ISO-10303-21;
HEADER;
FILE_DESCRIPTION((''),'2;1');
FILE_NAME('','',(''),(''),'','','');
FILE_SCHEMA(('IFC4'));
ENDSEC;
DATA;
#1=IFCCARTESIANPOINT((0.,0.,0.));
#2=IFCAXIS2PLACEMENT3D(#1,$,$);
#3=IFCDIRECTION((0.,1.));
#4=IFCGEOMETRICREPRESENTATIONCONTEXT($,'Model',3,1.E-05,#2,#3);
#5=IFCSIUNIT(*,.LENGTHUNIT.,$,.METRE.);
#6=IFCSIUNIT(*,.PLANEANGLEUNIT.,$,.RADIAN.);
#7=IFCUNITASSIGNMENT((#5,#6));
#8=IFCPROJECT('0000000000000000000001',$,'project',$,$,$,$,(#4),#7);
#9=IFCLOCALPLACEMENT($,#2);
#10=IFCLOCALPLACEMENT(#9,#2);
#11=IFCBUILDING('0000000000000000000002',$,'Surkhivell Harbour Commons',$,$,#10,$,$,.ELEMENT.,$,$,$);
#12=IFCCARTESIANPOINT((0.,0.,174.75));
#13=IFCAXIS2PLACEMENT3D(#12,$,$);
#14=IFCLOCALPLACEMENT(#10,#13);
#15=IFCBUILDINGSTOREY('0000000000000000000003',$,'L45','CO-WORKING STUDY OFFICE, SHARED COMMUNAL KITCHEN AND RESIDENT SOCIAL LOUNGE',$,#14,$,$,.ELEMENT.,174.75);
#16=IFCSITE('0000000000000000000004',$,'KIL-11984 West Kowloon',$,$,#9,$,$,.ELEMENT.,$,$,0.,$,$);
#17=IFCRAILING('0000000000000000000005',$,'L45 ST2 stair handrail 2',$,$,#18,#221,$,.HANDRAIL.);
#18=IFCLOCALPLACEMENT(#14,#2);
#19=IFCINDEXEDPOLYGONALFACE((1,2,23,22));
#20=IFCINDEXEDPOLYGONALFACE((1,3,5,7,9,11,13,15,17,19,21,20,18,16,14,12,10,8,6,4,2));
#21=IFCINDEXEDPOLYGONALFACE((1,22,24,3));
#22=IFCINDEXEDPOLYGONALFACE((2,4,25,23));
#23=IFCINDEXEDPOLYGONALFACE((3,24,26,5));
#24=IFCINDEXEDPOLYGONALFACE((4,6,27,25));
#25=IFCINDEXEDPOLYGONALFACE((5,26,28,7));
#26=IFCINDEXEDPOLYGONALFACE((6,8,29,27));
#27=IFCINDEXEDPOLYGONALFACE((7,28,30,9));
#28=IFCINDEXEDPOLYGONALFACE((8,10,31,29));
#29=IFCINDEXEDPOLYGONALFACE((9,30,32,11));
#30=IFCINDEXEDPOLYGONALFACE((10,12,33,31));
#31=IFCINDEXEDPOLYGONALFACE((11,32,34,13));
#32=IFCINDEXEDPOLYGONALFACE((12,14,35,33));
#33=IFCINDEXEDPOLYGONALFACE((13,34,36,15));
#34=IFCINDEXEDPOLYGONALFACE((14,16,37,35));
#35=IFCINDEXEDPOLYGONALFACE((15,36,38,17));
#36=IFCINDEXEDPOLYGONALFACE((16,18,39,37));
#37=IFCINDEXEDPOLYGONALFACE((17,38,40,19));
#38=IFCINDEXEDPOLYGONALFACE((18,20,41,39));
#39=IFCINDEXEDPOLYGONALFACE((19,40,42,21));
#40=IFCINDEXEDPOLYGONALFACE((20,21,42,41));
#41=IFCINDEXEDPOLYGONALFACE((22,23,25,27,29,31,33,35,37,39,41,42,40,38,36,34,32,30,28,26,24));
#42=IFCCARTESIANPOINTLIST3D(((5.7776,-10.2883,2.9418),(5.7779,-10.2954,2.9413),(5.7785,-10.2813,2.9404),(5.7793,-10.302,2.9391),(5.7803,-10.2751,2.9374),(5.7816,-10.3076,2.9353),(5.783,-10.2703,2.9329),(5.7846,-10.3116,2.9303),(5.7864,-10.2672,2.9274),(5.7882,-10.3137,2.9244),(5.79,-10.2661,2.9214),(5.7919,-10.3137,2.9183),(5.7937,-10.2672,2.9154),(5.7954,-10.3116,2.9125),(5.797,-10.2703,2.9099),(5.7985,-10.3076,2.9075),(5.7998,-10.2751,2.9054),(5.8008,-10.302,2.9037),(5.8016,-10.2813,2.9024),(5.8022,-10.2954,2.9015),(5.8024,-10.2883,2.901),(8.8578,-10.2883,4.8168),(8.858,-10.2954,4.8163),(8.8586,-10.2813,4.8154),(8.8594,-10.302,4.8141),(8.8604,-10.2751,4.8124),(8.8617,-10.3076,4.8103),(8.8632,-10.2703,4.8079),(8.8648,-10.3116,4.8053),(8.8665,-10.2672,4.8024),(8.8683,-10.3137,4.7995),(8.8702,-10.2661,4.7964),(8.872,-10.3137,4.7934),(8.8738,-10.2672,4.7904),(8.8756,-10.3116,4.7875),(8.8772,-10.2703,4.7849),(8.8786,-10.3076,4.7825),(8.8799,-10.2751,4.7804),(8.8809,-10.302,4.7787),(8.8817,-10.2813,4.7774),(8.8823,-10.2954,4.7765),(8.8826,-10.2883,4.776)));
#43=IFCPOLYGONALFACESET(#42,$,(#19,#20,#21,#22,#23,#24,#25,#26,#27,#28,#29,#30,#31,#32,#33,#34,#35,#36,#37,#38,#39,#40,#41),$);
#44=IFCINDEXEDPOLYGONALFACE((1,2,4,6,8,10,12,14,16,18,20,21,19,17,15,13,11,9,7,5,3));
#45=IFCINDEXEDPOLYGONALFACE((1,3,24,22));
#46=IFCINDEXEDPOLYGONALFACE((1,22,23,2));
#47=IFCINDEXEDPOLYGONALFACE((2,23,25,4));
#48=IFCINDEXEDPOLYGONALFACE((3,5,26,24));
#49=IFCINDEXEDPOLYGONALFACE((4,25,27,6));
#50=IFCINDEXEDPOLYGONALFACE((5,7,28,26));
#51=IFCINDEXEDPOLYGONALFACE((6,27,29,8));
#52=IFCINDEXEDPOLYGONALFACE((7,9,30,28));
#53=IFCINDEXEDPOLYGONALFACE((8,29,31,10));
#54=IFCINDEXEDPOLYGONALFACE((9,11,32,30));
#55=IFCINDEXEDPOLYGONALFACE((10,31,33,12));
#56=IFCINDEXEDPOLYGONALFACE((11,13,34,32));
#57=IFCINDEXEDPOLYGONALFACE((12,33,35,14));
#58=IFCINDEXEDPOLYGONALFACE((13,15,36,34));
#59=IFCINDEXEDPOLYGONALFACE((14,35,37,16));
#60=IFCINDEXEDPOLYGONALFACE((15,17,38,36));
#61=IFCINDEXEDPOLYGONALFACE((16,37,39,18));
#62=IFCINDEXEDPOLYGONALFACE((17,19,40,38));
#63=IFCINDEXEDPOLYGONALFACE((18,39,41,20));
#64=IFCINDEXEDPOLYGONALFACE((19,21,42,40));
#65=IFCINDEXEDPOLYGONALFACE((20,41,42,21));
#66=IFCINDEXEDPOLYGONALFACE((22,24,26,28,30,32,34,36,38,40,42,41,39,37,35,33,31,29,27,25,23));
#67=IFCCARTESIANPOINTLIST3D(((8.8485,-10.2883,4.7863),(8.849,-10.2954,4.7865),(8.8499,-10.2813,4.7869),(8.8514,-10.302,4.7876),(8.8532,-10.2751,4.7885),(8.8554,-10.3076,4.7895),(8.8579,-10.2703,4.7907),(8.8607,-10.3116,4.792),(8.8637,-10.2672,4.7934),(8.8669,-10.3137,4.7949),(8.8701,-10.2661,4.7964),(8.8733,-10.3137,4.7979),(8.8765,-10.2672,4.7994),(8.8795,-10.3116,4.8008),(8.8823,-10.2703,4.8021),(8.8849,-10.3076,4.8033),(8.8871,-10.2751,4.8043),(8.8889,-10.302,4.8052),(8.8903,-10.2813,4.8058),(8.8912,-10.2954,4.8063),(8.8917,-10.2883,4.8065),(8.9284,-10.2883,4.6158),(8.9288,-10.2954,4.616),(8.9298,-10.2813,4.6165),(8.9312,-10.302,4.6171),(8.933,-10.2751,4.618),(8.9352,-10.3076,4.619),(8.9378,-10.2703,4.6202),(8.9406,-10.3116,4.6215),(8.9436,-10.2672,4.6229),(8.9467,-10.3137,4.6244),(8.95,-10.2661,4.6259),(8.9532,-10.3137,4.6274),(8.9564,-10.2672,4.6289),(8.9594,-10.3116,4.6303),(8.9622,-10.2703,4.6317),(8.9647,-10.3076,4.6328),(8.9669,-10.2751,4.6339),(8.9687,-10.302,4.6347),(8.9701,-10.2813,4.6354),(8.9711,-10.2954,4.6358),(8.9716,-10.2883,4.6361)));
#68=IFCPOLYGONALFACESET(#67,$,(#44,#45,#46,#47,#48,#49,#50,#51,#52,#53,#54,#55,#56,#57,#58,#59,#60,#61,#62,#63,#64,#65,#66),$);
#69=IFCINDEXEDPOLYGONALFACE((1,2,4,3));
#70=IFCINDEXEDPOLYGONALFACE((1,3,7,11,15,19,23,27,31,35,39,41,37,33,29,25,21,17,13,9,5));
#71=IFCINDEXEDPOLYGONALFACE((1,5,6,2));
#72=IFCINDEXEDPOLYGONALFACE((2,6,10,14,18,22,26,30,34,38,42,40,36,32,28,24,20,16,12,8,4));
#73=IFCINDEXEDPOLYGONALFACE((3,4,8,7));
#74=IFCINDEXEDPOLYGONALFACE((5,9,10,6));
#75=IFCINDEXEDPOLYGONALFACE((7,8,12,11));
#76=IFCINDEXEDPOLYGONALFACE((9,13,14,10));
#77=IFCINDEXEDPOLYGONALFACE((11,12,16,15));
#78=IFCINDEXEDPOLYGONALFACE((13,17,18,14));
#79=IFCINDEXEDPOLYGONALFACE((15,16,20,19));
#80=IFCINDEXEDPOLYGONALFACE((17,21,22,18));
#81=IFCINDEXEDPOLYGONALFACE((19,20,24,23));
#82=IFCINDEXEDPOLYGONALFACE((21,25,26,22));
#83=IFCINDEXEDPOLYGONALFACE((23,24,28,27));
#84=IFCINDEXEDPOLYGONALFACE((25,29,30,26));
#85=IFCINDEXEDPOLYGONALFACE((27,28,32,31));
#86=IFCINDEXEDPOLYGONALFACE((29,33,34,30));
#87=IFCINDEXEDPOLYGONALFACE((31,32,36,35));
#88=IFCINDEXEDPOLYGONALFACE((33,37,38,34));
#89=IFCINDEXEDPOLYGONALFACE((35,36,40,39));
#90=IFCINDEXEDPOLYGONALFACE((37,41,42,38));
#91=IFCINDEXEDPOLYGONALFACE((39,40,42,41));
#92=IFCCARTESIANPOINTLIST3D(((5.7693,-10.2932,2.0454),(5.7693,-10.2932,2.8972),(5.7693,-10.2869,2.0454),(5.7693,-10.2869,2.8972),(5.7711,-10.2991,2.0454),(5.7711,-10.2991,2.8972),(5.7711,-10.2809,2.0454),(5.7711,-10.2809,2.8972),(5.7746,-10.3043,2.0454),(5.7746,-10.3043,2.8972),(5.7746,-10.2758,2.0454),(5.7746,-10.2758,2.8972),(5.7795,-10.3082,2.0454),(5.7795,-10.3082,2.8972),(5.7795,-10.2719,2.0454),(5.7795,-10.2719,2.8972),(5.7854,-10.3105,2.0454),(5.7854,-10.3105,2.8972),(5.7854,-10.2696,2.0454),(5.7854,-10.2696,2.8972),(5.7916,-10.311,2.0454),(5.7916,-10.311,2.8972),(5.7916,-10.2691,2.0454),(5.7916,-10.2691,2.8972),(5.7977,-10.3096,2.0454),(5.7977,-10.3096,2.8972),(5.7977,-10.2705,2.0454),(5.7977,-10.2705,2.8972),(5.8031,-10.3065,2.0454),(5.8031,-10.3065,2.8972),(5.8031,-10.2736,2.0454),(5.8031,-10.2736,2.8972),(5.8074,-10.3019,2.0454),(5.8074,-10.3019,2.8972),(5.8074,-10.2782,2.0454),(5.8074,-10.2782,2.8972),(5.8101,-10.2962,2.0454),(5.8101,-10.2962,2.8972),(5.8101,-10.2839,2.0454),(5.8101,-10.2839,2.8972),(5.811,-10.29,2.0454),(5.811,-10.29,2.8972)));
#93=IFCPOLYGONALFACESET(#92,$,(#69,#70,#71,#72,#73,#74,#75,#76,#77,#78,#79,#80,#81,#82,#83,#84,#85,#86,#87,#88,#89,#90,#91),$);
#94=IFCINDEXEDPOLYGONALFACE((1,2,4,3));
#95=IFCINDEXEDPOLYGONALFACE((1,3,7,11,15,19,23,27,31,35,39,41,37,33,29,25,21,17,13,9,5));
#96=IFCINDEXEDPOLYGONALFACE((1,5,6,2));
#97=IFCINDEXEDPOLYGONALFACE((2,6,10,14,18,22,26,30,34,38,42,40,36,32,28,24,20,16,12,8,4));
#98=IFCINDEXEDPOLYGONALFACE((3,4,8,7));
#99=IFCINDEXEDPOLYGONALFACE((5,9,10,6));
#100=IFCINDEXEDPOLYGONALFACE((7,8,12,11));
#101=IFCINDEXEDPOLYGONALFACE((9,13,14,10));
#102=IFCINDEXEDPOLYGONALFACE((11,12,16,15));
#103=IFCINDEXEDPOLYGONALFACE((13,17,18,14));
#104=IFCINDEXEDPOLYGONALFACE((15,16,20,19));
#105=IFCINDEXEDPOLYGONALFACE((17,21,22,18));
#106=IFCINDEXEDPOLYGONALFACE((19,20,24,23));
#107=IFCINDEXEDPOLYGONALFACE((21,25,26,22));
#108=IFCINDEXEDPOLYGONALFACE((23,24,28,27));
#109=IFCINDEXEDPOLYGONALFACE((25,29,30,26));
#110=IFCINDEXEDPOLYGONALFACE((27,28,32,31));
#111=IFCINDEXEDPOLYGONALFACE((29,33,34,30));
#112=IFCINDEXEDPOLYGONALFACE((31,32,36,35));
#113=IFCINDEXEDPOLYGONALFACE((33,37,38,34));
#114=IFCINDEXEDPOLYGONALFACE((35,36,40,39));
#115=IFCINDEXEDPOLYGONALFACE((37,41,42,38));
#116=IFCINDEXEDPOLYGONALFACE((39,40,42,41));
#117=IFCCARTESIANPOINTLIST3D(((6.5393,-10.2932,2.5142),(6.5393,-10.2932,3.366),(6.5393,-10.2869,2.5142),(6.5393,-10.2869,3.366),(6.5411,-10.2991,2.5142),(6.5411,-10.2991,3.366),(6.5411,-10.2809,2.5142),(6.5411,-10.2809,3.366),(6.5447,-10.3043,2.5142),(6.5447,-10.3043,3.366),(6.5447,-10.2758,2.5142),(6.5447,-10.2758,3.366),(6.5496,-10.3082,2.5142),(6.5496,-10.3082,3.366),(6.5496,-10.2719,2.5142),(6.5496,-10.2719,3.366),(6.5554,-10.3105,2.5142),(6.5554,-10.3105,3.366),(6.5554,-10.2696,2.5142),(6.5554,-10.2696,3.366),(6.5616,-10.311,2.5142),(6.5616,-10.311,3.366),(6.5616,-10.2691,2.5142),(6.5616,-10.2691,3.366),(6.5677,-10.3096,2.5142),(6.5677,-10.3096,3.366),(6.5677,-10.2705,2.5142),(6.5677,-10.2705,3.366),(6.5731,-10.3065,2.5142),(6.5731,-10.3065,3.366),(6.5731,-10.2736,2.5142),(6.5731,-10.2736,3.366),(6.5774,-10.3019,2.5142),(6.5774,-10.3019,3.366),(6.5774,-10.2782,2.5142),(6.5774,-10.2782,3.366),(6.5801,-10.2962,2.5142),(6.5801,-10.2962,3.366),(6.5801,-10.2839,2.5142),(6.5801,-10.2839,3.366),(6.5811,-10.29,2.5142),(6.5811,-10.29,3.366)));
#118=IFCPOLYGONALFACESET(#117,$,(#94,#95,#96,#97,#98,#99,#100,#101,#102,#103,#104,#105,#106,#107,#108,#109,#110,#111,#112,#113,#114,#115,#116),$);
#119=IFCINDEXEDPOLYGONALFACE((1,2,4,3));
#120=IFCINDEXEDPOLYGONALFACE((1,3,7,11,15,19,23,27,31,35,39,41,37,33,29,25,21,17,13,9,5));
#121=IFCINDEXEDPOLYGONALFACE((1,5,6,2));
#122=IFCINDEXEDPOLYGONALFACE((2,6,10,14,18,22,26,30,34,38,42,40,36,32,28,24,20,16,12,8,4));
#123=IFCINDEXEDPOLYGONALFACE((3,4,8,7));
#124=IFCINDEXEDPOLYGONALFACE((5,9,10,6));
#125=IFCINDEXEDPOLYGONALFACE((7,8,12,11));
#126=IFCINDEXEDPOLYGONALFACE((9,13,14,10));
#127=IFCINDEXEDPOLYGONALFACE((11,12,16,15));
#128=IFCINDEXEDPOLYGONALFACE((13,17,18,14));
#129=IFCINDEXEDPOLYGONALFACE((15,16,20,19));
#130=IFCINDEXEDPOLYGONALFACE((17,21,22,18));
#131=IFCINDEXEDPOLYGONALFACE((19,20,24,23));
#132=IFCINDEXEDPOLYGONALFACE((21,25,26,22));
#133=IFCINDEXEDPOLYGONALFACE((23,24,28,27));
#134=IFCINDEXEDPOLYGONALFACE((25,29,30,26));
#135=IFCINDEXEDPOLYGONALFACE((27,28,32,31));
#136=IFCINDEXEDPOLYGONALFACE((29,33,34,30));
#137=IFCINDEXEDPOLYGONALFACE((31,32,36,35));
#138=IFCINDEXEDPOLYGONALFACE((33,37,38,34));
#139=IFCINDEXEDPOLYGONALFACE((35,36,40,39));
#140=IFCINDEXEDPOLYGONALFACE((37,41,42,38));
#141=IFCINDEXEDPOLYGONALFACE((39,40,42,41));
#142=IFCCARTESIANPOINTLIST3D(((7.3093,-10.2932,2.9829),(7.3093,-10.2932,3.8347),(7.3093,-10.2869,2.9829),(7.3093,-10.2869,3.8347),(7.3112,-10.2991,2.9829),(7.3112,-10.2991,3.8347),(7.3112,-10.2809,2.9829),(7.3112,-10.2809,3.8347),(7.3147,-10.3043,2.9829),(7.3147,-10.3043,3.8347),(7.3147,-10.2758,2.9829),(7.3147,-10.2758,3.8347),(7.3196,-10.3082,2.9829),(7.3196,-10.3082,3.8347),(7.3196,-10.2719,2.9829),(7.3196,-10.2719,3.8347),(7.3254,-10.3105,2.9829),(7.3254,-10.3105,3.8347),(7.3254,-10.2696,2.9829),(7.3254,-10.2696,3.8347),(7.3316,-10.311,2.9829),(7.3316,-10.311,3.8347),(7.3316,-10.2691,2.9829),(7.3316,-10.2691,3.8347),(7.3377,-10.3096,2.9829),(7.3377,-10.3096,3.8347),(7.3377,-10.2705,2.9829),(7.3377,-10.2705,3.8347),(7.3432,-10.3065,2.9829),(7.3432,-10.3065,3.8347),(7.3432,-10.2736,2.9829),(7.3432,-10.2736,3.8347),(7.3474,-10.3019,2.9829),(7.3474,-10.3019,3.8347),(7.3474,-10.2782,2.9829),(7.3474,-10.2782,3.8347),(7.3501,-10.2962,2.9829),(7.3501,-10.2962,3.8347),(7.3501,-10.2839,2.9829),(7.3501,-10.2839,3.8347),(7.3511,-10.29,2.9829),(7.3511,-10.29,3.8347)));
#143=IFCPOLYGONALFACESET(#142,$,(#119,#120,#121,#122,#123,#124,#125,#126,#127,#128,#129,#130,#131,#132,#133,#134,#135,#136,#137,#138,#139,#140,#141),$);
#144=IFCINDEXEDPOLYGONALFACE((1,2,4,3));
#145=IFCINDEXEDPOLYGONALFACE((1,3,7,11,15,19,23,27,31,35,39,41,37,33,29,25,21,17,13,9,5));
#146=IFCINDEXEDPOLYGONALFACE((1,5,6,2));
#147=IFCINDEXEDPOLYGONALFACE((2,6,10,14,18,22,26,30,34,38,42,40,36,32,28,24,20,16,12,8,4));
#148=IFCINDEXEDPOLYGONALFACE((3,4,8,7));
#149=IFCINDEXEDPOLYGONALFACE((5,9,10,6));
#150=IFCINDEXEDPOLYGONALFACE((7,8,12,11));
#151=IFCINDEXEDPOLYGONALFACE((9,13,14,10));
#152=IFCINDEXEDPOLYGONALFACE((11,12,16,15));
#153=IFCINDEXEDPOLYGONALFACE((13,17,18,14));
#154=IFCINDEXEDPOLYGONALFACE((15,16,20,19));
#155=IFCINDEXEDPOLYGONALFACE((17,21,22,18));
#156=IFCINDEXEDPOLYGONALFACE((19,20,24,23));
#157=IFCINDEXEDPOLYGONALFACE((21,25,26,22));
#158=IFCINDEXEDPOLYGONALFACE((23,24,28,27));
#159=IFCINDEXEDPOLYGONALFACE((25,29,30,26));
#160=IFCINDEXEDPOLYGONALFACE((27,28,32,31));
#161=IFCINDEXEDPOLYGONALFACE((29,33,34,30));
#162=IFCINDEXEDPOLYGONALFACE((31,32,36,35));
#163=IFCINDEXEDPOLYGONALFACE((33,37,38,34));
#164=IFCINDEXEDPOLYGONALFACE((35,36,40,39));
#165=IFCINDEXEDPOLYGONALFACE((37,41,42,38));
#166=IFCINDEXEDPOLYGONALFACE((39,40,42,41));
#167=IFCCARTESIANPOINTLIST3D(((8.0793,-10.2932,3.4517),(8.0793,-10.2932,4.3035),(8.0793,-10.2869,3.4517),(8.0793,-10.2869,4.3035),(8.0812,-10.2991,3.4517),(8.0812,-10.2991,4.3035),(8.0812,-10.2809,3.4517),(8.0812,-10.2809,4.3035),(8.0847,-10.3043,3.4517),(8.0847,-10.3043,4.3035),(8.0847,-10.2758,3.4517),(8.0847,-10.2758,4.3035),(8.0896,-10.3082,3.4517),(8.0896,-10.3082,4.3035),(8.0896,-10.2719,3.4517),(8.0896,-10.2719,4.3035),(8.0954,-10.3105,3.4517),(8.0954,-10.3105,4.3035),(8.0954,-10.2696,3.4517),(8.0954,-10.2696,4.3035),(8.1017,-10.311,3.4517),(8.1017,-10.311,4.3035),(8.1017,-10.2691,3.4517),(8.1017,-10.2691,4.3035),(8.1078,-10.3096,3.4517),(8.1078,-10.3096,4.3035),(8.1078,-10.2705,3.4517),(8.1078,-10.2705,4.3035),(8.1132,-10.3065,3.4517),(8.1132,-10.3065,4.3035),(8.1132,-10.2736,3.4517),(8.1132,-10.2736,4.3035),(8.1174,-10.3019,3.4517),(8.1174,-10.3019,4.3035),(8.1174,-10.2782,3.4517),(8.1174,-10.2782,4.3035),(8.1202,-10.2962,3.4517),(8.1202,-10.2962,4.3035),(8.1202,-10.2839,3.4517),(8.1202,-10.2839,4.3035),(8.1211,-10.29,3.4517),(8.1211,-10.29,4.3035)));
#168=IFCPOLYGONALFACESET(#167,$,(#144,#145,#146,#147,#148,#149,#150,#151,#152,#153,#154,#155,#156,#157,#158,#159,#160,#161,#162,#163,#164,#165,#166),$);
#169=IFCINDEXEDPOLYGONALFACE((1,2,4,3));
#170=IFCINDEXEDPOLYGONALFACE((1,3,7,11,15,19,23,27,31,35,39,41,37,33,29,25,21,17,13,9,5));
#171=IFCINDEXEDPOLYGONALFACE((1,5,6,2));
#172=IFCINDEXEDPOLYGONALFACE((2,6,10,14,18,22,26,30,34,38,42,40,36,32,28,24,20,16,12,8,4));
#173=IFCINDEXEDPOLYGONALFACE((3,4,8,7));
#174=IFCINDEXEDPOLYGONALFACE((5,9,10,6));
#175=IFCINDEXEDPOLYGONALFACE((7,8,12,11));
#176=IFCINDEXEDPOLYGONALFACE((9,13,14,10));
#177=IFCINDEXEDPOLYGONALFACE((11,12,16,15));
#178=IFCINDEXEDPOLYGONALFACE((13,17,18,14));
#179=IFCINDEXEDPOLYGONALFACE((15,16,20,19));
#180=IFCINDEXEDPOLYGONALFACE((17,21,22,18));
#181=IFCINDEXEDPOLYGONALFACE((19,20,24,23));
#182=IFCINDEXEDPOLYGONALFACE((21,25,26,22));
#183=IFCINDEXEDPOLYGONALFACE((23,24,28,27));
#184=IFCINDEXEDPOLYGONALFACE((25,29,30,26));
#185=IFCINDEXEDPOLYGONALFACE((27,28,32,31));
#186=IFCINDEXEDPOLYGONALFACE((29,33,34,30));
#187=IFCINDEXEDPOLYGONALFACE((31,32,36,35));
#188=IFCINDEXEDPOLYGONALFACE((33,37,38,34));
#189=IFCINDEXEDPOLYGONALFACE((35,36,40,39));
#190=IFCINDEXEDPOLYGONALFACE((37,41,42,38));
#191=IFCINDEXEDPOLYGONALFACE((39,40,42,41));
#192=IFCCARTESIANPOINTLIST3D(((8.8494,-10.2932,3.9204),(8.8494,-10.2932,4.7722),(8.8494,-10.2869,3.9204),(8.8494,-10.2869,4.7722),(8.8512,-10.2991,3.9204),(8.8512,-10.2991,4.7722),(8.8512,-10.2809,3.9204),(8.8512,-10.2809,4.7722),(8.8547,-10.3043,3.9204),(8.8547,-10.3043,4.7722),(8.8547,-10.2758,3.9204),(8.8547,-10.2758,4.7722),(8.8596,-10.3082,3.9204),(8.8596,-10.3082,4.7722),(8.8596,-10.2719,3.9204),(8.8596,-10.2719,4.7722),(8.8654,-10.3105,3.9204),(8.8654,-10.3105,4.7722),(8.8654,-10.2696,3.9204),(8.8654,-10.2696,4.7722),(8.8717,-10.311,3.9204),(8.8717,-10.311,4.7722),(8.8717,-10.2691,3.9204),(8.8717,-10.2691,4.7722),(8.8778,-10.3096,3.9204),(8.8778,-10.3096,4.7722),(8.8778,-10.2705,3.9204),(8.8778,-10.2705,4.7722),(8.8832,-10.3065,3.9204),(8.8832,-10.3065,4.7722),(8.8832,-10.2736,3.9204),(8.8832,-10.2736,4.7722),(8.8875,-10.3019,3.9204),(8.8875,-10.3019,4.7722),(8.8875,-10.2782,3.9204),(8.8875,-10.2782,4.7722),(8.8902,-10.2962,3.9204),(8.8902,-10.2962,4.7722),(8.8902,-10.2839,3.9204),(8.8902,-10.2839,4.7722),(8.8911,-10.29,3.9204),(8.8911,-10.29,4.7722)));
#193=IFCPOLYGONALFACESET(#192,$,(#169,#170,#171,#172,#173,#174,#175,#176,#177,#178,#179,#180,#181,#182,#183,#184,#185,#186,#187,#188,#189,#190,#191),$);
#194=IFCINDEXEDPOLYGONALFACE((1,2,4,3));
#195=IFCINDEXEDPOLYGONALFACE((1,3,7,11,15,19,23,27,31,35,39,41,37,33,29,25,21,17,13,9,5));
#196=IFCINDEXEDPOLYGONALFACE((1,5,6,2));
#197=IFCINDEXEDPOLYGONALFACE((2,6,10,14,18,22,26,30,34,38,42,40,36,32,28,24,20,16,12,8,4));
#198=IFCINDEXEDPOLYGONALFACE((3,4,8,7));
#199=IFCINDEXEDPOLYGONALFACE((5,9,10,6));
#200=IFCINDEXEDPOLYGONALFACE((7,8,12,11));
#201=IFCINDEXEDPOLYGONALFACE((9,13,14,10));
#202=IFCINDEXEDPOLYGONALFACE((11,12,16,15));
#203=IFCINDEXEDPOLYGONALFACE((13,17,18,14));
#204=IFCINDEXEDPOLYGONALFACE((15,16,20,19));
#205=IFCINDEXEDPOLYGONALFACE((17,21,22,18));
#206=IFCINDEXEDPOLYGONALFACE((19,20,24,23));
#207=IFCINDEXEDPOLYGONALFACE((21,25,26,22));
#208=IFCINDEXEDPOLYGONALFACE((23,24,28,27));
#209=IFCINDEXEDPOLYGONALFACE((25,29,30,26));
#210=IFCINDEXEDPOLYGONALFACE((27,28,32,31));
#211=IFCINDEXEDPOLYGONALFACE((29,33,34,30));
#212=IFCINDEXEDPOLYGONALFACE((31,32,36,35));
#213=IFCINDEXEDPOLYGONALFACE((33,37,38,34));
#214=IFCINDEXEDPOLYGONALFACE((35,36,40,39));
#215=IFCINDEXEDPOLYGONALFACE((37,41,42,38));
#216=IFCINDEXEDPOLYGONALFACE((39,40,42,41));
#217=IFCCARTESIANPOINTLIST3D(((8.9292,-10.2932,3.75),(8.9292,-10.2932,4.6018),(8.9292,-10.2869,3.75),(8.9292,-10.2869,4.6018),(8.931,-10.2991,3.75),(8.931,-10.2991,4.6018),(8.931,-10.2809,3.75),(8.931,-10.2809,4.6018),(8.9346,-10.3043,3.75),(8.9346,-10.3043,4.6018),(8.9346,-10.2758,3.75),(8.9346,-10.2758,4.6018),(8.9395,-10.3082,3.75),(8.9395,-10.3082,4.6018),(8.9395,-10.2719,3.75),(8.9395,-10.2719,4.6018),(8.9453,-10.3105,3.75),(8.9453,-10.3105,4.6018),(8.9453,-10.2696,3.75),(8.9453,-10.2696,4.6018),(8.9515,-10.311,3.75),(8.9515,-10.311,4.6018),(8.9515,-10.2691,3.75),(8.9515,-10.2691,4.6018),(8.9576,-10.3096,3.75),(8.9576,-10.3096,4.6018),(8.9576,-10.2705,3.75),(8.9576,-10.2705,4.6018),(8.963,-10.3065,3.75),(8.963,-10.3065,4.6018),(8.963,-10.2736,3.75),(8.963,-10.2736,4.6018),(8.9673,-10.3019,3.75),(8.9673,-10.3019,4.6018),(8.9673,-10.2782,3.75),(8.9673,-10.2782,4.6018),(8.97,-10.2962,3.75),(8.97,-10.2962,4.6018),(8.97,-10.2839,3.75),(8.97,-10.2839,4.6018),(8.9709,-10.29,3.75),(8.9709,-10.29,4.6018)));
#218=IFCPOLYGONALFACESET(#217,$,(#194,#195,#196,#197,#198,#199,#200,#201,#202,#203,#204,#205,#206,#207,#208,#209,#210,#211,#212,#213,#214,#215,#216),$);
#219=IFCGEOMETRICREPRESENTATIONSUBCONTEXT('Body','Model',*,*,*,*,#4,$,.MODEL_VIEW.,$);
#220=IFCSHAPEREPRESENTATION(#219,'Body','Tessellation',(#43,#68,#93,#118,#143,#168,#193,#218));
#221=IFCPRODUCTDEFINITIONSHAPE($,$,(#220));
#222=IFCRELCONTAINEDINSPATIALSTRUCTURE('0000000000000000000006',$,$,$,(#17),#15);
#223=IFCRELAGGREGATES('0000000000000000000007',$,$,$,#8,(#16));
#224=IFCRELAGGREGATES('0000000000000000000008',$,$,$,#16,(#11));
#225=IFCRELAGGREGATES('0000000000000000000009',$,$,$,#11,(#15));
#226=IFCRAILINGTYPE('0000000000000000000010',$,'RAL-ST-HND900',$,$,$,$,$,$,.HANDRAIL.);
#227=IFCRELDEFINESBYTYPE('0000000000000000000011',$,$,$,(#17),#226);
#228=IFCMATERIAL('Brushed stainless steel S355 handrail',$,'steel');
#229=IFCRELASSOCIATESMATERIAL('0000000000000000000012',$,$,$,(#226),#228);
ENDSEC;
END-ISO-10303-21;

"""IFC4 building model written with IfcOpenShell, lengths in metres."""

from ifc_helpers import new_model, si_unit, direction, frame, origin, origin_2d, place, context, subcontext, project, spatial, circle, extrude, material, type_object, element, save


model = new_model("IFC4")

# Units and contexts
model_context = context("Model", 3, precision=1e-05, world=origin(), true_north=direction((0.0, 1.0)))
body_context = subcontext(model_context, "Body", "Model", "MODEL_VIEW")
ifc_project = project(units=[si_unit("LENGTHUNIT", "METRE"), si_unit("PLANEANGLEUNIT", "RADIAN")], contexts=[model_context])

# Site, building, storey
site_placement = place(None, origin())
site = spatial("IfcSite", under=ifc_project, at=site_placement, Name="KIL-11984 West Kowloon", CompositionType="ELEMENT", RefElevation=0.0)
building_placement = place(site_placement, origin())
building = spatial("IfcBuilding", under=site, at=building_placement, Name="Surkhivell Harbour Commons", CompositionType="ELEMENT")
storey_placement = place(building_placement, frame((0.0, 0.0, 174.75)))
storey = spatial("IfcBuildingStorey", under=building, at=storey_placement, Name="L45", Description="CO-WORKING STUDY OFFICE, SHARED COMMUNAL KITCHEN AND RESIDENT SOCIAL LOUNGE", CompositionType="ELEMENT", Elevation=174.75)

# Railing
ifc_material_1 = material(Name="Brushed stainless steel S355 handrail", Category="steel")
railing_type_1 = type_object("IfcRailingType", Name="RAL-ST-HND900", PredefinedType="HANDRAIL", material=ifc_material_1)
railing_1_placement = place(storey_placement, frame((5.79, -10.29, 2.0454)))
element("IfcRailing", 1, at=railing_1_placement, inside=storey, type_object=railing_type_1, Name="L45 ST2 stair handrail 2", PredefinedType="HANDRAIL", context=body_context, shape_type="SweptSolid", body=[
    extrude(circle(Radius=0.0239, at=origin_2d()), frame((0.0, 0.0, 0.876), z_axis=(0.854178, 0.0, 0.519981), x_axis=(0.0, 1.0, 0.0)), (0.0, 0.0, 1.0), 3.606),
    extrude(circle(Radius=0.0239, at=origin_2d()), frame((3.0801, 0.0, 2.751), z_axis=(0.424234, 0.0, -0.905552), x_axis=(0.0, 1.0, 0.0)), (0.0, 0.0, 1.0), 0.1882),
    extrude(circle(Radius=0.021, at=origin_2d()), origin(), (0.0, 0.0, 1.0), 0.8518),
    extrude(circle(Radius=0.021, at=origin_2d()), frame((0.77, 0.0, 0.4688)), (0.0, 0.0, 1.0), 0.8518),
    extrude(circle(Radius=0.021, at=origin_2d()), frame((1.54, 0.0, 0.9375)), (0.0, 0.0, 1.0), 0.8518),
    extrude(circle(Radius=0.021, at=origin_2d()), frame((2.3101, 0.0, 1.4062)), (0.0, 0.0, 1.0), 0.8518),
    extrude(circle(Radius=0.021, at=origin_2d()), frame((3.0801, 0.0, 1.875)), (0.0, 0.0, 1.0), 0.8518),
    extrude(circle(Radius=0.021, at=origin_2d()), frame((3.1599, 0.0, 1.7046)), (0.0, 0.0, 1.0), 0.8518),
])

save(model, "model.ifc")
